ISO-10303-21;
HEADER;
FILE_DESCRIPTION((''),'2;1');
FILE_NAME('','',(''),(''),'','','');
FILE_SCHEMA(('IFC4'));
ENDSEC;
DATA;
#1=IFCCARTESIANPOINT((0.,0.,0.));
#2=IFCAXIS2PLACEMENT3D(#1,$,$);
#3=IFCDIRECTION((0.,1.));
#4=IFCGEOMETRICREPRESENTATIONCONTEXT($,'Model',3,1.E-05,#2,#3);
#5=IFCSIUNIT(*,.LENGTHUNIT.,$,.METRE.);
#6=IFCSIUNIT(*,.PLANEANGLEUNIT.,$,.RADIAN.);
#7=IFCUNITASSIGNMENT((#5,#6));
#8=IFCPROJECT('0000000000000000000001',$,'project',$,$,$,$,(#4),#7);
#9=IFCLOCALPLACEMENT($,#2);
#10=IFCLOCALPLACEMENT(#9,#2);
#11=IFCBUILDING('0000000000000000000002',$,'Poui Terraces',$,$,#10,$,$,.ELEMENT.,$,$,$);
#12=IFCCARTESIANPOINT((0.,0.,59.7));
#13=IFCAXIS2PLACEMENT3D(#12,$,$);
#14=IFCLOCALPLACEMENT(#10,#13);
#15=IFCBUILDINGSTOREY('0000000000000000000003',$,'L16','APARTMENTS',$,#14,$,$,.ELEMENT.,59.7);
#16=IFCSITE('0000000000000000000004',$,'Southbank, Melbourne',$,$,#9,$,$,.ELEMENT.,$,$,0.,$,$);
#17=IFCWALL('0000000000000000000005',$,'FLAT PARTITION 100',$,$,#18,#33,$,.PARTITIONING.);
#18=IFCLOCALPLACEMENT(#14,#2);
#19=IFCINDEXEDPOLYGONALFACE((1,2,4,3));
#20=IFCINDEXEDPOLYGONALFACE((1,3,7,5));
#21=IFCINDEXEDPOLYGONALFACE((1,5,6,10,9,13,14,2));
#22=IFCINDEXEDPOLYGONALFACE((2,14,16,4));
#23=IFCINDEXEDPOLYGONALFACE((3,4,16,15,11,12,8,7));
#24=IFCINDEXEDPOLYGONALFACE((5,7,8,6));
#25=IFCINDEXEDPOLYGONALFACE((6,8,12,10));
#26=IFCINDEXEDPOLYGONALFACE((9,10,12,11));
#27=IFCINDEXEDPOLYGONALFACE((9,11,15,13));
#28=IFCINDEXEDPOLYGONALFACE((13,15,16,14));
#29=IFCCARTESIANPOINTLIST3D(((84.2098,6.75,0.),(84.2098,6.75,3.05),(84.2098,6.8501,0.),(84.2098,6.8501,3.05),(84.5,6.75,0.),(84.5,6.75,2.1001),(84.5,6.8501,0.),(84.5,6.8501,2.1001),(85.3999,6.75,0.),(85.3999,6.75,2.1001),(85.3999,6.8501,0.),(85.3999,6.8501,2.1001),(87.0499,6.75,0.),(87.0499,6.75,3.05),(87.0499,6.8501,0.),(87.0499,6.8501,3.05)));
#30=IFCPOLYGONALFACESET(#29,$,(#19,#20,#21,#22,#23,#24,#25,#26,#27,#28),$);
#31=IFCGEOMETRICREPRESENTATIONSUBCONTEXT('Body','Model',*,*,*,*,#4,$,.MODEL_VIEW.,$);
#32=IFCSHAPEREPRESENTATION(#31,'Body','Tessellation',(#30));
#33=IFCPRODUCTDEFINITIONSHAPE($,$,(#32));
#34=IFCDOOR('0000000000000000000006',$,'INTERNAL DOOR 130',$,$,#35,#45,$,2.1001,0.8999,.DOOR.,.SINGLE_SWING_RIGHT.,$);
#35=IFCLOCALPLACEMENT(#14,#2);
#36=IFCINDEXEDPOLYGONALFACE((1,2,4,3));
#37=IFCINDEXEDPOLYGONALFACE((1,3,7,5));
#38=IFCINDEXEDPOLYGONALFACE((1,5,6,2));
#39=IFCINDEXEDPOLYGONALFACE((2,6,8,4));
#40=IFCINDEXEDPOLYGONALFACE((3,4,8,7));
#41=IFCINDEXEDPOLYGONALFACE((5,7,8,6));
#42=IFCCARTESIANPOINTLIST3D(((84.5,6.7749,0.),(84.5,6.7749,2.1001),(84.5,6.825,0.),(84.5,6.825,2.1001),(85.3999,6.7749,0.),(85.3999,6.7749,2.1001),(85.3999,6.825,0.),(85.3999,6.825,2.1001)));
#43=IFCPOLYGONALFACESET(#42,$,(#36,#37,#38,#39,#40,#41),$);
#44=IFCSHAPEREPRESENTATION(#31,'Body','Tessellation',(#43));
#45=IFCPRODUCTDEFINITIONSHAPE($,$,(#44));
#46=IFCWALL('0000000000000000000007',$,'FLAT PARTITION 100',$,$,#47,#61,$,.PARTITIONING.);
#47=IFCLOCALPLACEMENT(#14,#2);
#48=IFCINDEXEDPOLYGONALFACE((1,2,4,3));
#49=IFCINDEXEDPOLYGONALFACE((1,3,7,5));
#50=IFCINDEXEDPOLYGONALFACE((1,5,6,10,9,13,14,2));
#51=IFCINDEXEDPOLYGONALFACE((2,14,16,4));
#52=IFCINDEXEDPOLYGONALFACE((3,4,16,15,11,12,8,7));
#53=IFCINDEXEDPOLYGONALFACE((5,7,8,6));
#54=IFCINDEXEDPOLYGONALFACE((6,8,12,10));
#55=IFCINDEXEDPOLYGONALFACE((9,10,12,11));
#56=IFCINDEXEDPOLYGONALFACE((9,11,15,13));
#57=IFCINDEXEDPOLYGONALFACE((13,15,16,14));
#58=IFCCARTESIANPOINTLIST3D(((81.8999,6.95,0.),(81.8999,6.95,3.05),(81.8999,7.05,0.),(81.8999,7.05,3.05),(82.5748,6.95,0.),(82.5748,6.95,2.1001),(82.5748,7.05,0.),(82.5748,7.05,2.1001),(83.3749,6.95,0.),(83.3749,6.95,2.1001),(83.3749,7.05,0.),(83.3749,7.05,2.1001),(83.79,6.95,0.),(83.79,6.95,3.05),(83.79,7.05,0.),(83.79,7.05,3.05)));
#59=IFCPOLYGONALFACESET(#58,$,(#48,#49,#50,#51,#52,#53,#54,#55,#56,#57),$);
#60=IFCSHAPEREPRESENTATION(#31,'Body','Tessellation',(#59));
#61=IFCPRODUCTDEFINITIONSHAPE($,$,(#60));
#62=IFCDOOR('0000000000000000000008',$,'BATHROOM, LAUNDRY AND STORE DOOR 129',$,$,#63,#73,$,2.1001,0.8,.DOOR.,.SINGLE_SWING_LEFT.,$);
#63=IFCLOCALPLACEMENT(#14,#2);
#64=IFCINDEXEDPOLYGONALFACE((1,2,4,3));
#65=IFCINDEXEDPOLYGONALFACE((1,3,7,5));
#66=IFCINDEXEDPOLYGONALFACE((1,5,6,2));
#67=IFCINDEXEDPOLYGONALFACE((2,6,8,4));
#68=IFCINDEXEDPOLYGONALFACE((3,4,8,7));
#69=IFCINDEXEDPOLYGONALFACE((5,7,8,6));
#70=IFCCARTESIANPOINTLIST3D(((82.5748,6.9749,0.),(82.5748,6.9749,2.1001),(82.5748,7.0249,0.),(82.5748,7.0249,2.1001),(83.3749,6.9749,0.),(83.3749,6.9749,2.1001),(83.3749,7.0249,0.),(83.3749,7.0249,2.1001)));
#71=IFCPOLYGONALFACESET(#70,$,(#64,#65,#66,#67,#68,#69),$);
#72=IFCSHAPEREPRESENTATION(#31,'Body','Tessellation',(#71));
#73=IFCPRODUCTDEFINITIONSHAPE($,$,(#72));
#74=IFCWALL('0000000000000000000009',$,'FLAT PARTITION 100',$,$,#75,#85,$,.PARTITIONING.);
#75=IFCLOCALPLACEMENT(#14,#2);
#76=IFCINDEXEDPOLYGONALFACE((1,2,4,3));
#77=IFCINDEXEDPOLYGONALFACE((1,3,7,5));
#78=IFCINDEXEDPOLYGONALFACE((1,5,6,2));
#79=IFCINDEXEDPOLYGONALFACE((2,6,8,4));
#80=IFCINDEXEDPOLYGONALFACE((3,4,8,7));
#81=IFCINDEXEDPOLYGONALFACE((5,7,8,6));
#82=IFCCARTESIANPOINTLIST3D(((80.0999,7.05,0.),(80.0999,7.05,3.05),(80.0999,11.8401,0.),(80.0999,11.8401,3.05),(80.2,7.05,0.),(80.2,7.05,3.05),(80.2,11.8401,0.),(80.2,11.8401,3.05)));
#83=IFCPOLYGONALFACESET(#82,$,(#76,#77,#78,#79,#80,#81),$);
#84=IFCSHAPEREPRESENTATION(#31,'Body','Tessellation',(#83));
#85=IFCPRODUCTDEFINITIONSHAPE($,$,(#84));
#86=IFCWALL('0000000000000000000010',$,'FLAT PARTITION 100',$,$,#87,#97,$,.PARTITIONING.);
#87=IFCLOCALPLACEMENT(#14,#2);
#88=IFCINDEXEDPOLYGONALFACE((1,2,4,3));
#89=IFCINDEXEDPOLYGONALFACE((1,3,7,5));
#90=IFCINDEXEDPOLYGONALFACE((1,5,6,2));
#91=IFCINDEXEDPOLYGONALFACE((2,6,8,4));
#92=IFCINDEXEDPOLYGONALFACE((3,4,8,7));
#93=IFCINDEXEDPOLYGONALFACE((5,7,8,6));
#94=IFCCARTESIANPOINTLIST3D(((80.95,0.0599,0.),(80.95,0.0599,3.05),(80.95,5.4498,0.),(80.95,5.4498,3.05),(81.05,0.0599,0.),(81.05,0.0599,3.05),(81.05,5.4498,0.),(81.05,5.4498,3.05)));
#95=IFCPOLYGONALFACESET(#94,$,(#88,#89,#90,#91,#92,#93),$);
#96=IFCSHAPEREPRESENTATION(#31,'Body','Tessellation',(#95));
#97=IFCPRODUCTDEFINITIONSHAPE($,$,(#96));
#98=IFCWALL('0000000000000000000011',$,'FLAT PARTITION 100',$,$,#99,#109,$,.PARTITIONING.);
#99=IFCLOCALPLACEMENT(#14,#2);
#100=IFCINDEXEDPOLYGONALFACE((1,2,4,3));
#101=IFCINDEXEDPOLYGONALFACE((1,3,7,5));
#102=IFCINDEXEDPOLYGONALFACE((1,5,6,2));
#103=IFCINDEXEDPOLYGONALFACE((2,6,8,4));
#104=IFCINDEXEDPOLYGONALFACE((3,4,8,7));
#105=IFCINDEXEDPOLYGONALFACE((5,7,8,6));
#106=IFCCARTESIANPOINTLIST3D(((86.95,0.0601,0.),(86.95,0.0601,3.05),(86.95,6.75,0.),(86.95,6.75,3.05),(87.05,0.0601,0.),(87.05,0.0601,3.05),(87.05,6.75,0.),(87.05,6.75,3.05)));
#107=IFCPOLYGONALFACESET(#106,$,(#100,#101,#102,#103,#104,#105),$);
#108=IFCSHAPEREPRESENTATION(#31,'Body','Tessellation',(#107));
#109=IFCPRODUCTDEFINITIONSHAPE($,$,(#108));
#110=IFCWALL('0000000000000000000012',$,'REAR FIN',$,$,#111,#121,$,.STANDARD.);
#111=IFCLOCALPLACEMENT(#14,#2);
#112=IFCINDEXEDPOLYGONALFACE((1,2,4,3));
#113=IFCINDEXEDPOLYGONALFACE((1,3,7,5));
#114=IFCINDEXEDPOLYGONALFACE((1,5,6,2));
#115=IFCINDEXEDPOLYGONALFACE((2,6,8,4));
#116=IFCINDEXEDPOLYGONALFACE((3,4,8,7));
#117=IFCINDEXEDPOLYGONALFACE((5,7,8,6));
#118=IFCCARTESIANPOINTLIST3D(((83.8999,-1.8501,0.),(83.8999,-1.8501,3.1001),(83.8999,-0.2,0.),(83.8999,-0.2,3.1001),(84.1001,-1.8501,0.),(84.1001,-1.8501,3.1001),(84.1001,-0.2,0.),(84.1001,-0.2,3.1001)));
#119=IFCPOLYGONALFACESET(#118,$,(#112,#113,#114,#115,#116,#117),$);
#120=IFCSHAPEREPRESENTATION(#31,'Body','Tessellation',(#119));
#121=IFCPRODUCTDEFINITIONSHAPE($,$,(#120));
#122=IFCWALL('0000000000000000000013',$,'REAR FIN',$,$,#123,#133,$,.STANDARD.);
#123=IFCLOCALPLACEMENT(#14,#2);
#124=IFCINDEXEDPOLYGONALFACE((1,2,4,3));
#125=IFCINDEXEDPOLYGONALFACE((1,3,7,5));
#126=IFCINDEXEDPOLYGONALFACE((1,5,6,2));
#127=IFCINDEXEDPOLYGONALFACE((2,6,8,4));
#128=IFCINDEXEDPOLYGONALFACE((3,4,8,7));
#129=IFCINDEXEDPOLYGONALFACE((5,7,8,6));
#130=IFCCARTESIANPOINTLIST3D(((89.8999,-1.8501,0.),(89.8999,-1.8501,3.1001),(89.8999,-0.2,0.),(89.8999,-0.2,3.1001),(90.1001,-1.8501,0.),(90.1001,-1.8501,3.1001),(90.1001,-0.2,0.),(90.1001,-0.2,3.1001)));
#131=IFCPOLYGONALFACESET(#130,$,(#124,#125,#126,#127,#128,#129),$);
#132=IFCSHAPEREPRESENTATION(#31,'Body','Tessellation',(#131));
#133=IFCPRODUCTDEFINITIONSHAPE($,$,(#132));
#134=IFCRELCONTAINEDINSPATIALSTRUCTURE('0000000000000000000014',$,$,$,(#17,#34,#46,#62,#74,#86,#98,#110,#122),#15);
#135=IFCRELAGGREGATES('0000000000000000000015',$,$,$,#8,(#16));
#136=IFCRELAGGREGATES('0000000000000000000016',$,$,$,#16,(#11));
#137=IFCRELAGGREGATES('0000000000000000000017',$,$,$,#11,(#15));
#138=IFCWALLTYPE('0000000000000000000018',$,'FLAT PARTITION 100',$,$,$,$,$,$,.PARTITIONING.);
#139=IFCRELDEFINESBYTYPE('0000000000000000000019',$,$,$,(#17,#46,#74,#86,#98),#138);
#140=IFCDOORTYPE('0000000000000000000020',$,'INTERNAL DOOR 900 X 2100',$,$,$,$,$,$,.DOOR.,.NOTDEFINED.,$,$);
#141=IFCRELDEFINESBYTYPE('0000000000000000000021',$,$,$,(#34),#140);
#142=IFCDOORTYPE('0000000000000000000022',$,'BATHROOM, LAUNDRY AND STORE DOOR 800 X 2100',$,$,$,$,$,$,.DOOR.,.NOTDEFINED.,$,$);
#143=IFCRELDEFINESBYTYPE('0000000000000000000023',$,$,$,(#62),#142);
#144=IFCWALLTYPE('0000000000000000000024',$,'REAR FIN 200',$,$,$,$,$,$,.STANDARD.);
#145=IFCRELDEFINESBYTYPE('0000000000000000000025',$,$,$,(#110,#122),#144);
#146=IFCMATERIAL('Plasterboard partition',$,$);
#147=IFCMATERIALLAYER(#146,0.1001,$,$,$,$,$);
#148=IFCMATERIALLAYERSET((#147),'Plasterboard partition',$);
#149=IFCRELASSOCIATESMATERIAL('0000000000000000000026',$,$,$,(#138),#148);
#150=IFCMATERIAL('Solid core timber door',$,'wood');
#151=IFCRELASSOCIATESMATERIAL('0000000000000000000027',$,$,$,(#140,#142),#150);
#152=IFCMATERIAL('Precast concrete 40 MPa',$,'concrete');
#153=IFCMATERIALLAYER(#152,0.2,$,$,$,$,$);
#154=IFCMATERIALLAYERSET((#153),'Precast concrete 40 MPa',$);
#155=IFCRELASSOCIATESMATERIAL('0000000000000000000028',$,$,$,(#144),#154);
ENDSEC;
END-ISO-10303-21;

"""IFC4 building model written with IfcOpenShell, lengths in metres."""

from ifc_helpers import new_model, si_unit, direction, frame, frame_2d, origin, place, context, subcontext, project, spatial, polyline, rectangle, outline, extrude, source, transform, mapped, material, layer, layer_set, type_object, element, fill, save


model = new_model("IFC4")

# Units and contexts
model_context = context("Model", 3, precision=1e-05, world=origin(), true_north=direction((0.0, 1.0)))
body_context = subcontext(model_context, "Body", "Model", "MODEL_VIEW")
ifc_project = project(units=[si_unit("LENGTHUNIT", "METRE"), si_unit("PLANEANGLEUNIT", "RADIAN")], contexts=[model_context])

# Site, building, storey
site_placement = place(None, origin())
site = spatial("IfcSite", under=ifc_project, at=site_placement, Name="Southbank, Melbourne", CompositionType="ELEMENT", RefElevation=0.0)
building_placement = place(site_placement, origin())
building = spatial("IfcBuilding", under=site, at=building_placement, Name="Poui Terraces", CompositionType="ELEMENT")
storey_placement = place(building_placement, frame((0.0, 0.0, 59.7)))
storey = spatial("IfcBuildingStorey", under=building, at=storey_placement, Name="L16", Description="APARTMENTS", CompositionType="ELEMENT", Elevation=59.7)

# Shared definitions
ifc_material_1 = material(Name="Precast concrete 40 MPa", Category="concrete")

# Walls, openings, doors
ifc_material_2 = material(Name="Plasterboard partition")
ifc_layer_1 = layer(ifc_material_2, 0.1001)
ifc_layer_set_1 = layer_set([ifc_layer_1], Name="Plasterboard partition")
wall_type_1 = type_object("IfcWallType", Name="FLAT PARTITION 100", PredefinedType="PARTITIONING", material=ifc_layer_set_1)
wall_1_placement = place(storey_placement, frame((84.21, 6.8, 0.0), z_axis=(0.0, 0.0, 1.0), x_axis=(1.0, 0.0, 0.0)))
wall_1 = element("IfcWall", 1, at=wall_1_placement, inside=storey, type_object=wall_type_1, Name="FLAT PARTITION 100", PredefinedType="PARTITIONING", context=body_context, shape_type="SweptSolid", body=[
    extrude(rectangle(XDim=2.8401, YDim=0.1001, at=frame_2d((1.4199, 0.0))), origin(), (0.0, 0.0, 1.0), 3.05),
])
opening_1_placement = place(wall_1_placement, frame((0.29, 0.0, 0.0)))
opening_1 = element("IfcOpeningElement", 2, at=opening_1_placement, cuts=wall_1, PredefinedType="OPENING", context=body_context, shape_type="SweptSolid", body=[
    extrude(rectangle(XDim=0.8999, YDim=2.1001, at=frame_2d((0.45, 1.05))), frame((0.0, 0.0601, 0.0), z_axis=(0.0, -1.0, 0.0), x_axis=(1.0, 0.0, 0.0)), (0.0, 0.0, 1.0), 0.1201),
])
ifc_material_3 = material(Name="Solid core timber door", Category="wood")
door_type_1 = type_object("IfcDoorType", Name="INTERNAL DOOR 900 X 2100", OperationType="NOTDEFINED", PredefinedType="DOOR", material=ifc_material_3)
door_1_placement = place(opening_1_placement, origin())
door_1 = element("IfcDoor", 3, at=door_1_placement, inside=storey, type_object=door_type_1, Name="INTERNAL DOOR 130", OperationType="SINGLE_SWING_RIGHT", OverallHeight=2.1001, OverallWidth=0.8999, PredefinedType="DOOR", context=body_context, shape_type="SweptSolid", body=[
    extrude(rectangle(XDim=0.8999, YDim=2.1001, at=frame_2d((0.45, 1.05))), frame((0.0, 0.0249, 0.0), z_axis=(0.0, -1.0, 0.0), x_axis=(1.0, 0.0, 0.0)), (0.0, 0.0, 1.0), 0.05),
])
fill(opening_1, door_1)
wall_2_placement = place(storey_placement, frame((81.8999, 7.0, 0.0), z_axis=(0.0, 0.0, 1.0), x_axis=(1.0, 0.0, 0.0)))
wall_2 = element("IfcWall", 4, at=wall_2_placement, inside=storey, type_object=wall_type_1, Name="FLAT PARTITION 100", PredefinedType="PARTITIONING", context=body_context, shape_type="SweptSolid", body=[
    extrude(rectangle(XDim=1.8901, YDim=0.1001, at=frame_2d((0.9451, 0.0))), origin(), (0.0, 0.0, 1.0), 3.05),
])
opening_2_placement = place(wall_2_placement, frame((0.675, 0.0, 0.0)))
opening_2 = element("IfcOpeningElement", 5, at=opening_2_placement, cuts=wall_2, PredefinedType="OPENING", context=body_context, shape_type="SweptSolid", body=[
    extrude(rectangle(XDim=0.8, YDim=2.1001, at=frame_2d((0.3999, 1.05))), frame((0.0, 0.0601, 0.0), z_axis=(0.0, -1.0, 0.0), x_axis=(1.0, 0.0, 0.0)), (0.0, 0.0, 1.0), 0.1201),
])
door_type_2 = type_object("IfcDoorType", Name="BATHROOM, LAUNDRY AND STORE DOOR 800 X 2100", OperationType="NOTDEFINED", PredefinedType="DOOR", material=ifc_material_3)
door_2_placement = place(opening_2_placement, origin())
door_2 = element("IfcDoor", 6, at=door_2_placement, inside=storey, type_object=door_type_2, Name="BATHROOM, LAUNDRY AND STORE DOOR 129", OperationType="SINGLE_SWING_LEFT", OverallHeight=2.1001, OverallWidth=0.8, PredefinedType="DOOR", context=body_context, shape_type="SweptSolid", body=[
    extrude(rectangle(XDim=0.8, YDim=2.1001, at=frame_2d((0.3999, 1.05))), frame((0.0, 0.0249, 0.0), z_axis=(0.0, -1.0, 0.0), x_axis=(1.0, 0.0, 0.0)), (0.0, 0.0, 1.0), 0.05),
])
fill(opening_2, door_2)

# Walls
wall_3_placement = place(storey_placement, frame((80.1499, 7.05, 0.0), z_axis=(0.0, 0.0, 1.0), x_axis=(0.0, 1.0, 0.0)))
element("IfcWall", 7, at=wall_3_placement, inside=storey, type_object=wall_type_1, Name="FLAT PARTITION 100", PredefinedType="PARTITIONING", context=body_context, shape_type="SweptSolid", body=[
    extrude(rectangle(XDim=4.79, YDim=0.1001, at=frame_2d((2.395, 0.0))), origin(), (0.0, 0.0, 1.0), 3.05),
])
wall_4_placement = place(storey_placement, frame((81.0, 0.0601, 0.0), z_axis=(0.0, 0.0, 1.0), x_axis=(0.0, 1.0, 0.0)))
element("IfcWall", 8, at=wall_4_placement, inside=storey, type_object=wall_type_1, Name="FLAT PARTITION 100", PredefinedType="PARTITIONING", context=body_context, shape_type="SweptSolid", body=[
    extrude(rectangle(XDim=5.3899, YDim=0.1001, at=frame_2d((2.6948, 0.0))), origin(), (0.0, 0.0, 1.0), 3.05),
])
wall_5_placement = place(storey_placement, frame((87.0, 0.0601, 0.0), z_axis=(0.0, 0.0, 1.0), x_axis=(0.0, 1.0, 0.0)))
element("IfcWall", 9, at=wall_5_placement, inside=storey, type_object=wall_type_1, Name="FLAT PARTITION 100", PredefinedType="PARTITIONING", context=body_context, shape_type="SweptSolid", body=[
    extrude(rectangle(XDim=6.6899, YDim=0.1001, at=frame_2d((3.345, 0.0))), origin(), (0.0, 0.0, 1.0), 3.05),
])
ifc_layer_2 = layer(ifc_material_1, 0.2)
ifc_layer_set_2 = layer_set([ifc_layer_2], Name="Precast concrete 40 MPa")
wall_type_2 = type_object("IfcWallType", Name="REAR FIN 200", PredefinedType="STANDARD", material=ifc_layer_set_2)
shared_shape_1 = source(origin(), body_context, "Body", "SweptSolid", [
    extrude(outline(polyline([(0.0, 0.0), (0.2002, 0.0), (0.2002, 1.6501), (0.0, 1.6501), (0.0, 0.0)])), origin(), (0.0, 0.0, 1.0), 3.1001),
])
for number, where, name in (
    (10, (83.8999, -1.8501, 0.0), "REAR FIN"),
    (11, (89.8999, -1.8501, 0.0), "REAR FIN"),
):
    element("IfcWall", number, at=place(storey_placement, frame(where)), inside=storey, type_object=wall_type_2, Name=name, PredefinedType="STANDARD", context=body_context, shape_type="MappedRepresentation", body=[
        mapped(shared_shape_1, transform((0.0, 0.0, 0.0))),
    ])

save(model, "model.ifc")
